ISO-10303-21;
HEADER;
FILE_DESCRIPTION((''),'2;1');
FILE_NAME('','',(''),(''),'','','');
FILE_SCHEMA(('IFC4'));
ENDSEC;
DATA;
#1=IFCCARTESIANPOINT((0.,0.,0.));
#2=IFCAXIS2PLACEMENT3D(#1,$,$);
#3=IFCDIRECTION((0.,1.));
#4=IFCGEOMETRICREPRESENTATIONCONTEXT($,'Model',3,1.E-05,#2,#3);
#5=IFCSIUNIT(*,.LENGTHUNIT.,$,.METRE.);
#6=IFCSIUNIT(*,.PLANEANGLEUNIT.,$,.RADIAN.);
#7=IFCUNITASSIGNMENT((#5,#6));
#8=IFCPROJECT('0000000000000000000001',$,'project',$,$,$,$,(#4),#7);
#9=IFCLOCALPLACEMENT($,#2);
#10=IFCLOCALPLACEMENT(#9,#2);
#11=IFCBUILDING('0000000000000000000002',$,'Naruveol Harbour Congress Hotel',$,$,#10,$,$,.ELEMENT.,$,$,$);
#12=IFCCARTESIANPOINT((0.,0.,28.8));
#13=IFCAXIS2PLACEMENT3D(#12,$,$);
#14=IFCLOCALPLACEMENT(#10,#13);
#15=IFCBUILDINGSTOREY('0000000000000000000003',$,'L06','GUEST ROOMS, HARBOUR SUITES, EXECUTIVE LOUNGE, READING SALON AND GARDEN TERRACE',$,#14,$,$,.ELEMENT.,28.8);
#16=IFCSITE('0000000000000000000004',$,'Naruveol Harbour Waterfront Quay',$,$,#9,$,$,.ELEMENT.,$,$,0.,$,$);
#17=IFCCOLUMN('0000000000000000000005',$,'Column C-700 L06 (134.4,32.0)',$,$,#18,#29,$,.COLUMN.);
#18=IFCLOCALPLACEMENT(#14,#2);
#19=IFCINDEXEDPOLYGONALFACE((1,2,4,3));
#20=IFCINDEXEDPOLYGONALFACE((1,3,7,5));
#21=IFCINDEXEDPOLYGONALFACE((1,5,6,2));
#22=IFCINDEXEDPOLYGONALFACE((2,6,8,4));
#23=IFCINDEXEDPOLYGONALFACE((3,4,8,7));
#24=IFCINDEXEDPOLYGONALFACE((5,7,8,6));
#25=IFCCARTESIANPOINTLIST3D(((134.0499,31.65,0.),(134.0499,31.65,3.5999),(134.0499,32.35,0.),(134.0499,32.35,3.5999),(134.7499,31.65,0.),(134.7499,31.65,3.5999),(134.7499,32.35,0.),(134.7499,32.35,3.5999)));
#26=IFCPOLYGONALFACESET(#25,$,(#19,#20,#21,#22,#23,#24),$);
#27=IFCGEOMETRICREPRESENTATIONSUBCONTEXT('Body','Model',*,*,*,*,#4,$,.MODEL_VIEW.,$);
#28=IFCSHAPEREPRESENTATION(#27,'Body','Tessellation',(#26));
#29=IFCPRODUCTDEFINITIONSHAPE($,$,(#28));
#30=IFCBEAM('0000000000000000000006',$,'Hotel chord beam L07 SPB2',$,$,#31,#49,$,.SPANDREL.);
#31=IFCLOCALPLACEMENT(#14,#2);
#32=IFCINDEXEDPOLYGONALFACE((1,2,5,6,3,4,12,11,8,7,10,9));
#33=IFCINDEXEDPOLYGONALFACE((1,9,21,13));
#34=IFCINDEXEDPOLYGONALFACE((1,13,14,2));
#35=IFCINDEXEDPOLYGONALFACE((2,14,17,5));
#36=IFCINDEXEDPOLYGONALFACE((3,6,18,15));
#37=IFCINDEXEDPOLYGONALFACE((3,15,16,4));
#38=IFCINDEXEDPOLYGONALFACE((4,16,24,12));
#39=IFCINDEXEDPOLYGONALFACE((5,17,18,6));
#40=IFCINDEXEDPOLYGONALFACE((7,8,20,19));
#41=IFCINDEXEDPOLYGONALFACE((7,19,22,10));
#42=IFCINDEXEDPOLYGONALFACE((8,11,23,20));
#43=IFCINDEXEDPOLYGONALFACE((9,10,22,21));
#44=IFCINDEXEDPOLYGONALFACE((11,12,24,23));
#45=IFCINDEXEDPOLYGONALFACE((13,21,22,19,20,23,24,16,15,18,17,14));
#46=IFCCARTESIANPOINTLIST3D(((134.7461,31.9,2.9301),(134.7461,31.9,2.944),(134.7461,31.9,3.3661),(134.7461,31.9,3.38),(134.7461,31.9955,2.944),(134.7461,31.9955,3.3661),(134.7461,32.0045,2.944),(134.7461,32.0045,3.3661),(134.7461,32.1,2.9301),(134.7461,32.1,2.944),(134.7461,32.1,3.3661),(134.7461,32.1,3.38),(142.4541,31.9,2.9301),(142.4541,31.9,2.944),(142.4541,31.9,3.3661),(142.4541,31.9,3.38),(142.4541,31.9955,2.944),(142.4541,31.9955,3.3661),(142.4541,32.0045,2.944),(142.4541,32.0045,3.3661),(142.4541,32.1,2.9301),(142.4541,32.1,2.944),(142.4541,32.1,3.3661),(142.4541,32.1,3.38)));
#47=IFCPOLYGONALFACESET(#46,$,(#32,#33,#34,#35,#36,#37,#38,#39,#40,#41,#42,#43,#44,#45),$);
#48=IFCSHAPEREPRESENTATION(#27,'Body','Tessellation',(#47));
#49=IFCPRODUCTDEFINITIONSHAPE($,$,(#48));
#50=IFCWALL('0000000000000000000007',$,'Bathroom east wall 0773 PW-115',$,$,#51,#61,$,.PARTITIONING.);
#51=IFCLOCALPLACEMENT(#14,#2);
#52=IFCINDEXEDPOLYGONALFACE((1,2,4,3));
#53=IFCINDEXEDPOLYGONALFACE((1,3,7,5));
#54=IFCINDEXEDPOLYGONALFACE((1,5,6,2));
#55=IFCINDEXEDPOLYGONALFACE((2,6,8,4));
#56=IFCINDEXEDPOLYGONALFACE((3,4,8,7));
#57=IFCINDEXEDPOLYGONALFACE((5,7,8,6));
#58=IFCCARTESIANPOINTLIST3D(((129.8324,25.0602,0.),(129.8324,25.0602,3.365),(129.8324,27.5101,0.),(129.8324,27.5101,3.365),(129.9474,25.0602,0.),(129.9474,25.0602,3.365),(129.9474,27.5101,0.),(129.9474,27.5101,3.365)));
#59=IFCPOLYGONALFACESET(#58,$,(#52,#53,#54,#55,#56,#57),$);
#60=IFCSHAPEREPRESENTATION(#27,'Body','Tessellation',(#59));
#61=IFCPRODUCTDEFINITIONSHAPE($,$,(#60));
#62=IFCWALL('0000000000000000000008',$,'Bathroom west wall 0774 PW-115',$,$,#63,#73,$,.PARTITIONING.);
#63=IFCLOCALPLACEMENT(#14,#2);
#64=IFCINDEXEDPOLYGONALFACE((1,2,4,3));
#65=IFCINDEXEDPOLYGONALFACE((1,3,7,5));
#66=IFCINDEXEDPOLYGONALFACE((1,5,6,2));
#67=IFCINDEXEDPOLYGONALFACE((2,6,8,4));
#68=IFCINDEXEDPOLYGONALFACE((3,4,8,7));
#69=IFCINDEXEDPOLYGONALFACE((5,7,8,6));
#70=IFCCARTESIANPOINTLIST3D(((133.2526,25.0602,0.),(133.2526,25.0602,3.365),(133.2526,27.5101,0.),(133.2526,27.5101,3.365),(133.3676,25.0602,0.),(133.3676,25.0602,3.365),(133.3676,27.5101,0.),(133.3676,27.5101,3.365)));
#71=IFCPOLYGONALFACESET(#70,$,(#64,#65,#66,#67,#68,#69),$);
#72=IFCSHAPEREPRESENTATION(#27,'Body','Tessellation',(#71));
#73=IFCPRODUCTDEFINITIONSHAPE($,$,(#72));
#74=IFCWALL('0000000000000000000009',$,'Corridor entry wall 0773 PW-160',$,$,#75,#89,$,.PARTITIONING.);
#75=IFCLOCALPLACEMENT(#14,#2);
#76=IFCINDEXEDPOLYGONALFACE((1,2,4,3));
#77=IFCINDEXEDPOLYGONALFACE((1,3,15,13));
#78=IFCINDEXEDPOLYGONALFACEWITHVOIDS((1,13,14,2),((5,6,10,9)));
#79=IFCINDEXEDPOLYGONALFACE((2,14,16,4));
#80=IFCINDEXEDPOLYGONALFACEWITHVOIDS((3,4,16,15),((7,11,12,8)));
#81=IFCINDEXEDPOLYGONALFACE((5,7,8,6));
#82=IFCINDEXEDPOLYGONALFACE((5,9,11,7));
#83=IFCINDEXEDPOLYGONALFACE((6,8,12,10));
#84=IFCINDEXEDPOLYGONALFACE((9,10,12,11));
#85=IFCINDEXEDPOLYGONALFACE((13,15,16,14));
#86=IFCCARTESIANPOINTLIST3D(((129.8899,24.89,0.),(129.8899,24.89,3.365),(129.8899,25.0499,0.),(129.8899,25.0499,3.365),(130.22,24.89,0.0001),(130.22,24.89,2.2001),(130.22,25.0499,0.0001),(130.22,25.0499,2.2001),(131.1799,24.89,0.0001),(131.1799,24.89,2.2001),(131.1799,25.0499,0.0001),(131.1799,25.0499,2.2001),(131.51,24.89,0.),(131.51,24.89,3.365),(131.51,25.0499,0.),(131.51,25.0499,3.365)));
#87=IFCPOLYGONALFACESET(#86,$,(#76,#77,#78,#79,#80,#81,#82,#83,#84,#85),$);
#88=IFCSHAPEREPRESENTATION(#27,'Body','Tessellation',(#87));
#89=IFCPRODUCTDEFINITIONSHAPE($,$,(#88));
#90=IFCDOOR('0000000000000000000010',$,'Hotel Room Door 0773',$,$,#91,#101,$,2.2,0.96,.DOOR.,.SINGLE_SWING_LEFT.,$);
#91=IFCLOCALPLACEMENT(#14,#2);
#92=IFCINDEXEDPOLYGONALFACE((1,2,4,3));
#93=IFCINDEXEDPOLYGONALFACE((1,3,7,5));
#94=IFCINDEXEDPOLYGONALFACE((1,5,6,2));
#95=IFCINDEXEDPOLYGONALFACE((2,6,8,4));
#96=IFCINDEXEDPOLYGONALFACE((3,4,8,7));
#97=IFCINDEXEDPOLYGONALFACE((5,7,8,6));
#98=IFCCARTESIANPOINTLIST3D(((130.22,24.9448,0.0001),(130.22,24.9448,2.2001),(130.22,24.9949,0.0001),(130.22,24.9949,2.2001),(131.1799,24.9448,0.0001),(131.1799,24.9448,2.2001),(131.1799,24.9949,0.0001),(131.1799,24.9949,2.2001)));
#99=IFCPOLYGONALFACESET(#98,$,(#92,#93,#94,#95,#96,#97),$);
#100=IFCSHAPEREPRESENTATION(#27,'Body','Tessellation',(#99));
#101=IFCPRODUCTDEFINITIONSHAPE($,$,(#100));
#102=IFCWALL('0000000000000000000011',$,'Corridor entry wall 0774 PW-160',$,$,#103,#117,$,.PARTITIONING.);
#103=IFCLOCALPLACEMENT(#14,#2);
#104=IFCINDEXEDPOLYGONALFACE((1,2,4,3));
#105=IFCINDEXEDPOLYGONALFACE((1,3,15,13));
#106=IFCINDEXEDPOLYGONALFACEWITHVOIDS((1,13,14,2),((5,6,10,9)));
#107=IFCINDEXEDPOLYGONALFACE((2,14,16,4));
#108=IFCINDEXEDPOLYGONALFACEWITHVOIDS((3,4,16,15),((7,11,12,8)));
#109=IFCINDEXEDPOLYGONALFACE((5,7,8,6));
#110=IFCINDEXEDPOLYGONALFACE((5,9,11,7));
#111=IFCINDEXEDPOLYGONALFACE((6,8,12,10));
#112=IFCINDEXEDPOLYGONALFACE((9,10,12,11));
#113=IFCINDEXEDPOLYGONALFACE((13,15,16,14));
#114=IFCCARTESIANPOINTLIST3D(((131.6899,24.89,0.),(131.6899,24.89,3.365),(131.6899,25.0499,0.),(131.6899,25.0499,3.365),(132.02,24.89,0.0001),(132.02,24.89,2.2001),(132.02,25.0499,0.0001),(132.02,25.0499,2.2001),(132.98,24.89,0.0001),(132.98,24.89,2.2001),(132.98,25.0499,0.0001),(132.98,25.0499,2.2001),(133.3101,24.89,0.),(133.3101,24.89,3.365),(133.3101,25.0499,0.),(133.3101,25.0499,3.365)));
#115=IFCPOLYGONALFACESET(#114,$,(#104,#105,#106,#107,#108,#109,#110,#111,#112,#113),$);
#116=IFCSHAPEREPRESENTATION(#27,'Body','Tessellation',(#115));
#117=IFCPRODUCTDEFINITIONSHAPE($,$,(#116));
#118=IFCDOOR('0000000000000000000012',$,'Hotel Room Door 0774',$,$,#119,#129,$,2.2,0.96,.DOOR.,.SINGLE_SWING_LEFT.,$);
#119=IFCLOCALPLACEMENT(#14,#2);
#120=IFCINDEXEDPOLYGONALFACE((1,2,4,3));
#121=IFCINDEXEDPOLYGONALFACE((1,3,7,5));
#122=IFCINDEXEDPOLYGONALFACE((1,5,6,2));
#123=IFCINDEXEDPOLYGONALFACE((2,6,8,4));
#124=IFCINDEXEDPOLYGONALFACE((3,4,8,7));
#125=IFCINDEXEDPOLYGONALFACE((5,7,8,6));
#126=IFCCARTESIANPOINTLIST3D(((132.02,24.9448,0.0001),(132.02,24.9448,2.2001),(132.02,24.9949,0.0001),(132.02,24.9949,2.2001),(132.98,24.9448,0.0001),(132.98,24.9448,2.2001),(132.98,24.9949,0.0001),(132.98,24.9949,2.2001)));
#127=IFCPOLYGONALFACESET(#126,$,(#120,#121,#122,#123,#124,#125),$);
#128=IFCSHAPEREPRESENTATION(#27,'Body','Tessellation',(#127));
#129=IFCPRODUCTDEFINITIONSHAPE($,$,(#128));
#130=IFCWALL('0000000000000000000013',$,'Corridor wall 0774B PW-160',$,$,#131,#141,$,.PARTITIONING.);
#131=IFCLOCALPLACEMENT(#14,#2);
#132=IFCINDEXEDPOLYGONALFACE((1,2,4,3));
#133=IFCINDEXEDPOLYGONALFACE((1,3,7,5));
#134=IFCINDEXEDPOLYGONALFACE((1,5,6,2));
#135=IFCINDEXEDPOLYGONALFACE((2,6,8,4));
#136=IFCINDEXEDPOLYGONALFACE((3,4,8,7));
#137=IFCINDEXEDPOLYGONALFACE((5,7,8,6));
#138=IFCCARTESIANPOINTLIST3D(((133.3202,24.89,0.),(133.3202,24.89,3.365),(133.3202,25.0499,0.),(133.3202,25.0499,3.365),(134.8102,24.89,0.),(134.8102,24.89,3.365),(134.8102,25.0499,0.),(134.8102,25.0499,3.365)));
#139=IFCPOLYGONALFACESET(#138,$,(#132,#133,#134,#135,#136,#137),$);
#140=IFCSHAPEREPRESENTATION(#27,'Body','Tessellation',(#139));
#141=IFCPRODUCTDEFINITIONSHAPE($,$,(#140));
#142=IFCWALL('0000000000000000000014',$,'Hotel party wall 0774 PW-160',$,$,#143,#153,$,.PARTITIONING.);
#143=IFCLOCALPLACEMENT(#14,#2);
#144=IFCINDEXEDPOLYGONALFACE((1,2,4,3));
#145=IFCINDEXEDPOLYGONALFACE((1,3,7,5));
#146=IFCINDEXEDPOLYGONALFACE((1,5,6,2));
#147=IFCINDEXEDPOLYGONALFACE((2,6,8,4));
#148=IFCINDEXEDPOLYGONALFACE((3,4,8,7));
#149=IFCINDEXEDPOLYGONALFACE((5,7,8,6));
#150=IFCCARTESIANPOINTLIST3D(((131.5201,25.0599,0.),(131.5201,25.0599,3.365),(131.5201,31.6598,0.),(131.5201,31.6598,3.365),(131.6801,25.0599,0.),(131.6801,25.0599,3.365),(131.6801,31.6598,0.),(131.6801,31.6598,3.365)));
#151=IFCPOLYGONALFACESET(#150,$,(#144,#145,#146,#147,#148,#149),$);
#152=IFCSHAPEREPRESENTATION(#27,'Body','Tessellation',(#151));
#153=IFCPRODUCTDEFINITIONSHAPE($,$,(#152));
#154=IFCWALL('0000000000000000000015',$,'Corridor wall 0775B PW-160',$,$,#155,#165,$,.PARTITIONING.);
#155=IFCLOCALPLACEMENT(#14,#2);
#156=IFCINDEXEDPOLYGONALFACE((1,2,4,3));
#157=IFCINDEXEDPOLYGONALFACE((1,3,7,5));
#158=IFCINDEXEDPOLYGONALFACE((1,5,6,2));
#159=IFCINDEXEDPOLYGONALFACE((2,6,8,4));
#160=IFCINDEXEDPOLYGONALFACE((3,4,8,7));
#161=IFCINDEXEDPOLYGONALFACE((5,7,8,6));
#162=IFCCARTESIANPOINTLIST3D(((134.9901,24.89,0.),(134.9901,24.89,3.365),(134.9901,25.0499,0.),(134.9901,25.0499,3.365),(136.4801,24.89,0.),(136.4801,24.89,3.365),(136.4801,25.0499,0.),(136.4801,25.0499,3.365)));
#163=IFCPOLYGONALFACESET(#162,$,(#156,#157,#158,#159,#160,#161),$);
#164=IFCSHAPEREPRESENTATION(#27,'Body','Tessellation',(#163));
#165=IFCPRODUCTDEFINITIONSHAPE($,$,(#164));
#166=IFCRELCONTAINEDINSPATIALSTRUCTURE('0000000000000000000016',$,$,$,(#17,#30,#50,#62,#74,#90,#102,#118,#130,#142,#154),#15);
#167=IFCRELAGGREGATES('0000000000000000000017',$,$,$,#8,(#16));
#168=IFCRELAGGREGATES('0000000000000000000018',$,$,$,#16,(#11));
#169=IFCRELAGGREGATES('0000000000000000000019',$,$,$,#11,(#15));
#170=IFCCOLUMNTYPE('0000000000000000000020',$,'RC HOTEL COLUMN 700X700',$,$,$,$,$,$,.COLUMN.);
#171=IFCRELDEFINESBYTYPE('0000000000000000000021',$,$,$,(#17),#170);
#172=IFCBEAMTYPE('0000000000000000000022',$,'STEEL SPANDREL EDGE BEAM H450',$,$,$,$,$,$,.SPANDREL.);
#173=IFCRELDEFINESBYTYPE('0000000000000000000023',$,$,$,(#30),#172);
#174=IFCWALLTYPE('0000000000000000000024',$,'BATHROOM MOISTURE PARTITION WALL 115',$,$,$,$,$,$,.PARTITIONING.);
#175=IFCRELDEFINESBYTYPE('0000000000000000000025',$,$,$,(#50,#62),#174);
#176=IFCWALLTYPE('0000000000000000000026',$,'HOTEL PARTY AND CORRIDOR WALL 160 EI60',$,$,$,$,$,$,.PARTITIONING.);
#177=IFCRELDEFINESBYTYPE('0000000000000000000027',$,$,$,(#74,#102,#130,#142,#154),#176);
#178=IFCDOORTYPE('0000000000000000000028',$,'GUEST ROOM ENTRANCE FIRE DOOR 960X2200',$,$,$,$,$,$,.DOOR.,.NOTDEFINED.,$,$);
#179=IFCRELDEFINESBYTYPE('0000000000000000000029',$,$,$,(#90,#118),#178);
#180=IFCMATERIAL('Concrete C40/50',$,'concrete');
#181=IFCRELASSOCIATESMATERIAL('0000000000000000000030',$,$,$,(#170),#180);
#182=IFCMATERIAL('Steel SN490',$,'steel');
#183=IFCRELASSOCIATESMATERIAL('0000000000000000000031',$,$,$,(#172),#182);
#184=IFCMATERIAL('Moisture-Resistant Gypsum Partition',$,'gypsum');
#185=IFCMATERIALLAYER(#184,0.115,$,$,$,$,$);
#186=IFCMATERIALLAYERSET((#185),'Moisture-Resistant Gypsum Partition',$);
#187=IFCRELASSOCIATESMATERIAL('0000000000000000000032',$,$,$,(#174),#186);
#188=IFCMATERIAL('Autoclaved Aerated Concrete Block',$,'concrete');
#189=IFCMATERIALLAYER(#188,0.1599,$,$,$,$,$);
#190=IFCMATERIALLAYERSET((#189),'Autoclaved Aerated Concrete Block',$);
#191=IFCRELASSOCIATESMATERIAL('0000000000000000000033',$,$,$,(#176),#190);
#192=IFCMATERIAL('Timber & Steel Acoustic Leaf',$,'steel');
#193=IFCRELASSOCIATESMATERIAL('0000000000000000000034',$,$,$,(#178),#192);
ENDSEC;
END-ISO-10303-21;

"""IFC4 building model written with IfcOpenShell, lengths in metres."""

from ifc_helpers import new_model, si_unit, direction, frame, frame_2d, origin, origin_2d, place, context, subcontext, project, spatial, rectangle, i_section, extrude, material, layer, layer_set, material_profile, profile_set, type_object, element, fill, save


model = new_model("IFC4")

# Units and contexts
model_context = context("Model", 3, precision=1e-05, world=origin(), true_north=direction((0.0, 1.0)))
body_context = subcontext(model_context, "Body", "Model", "MODEL_VIEW")
ifc_project = project(units=[si_unit("LENGTHUNIT", "METRE"), si_unit("PLANEANGLEUNIT", "RADIAN")], contexts=[model_context])

# Site, building, storey
site_placement = place(None, origin())
site = spatial("IfcSite", under=ifc_project, at=site_placement, Name="Naruveol Harbour Waterfront Quay", CompositionType="ELEMENT", RefElevation=0.0)
building_placement = place(site_placement, origin())
building = spatial("IfcBuilding", under=site, at=building_placement, Name="Naruveol Harbour Congress Hotel", CompositionType="ELEMENT")
storey_placement = place(building_placement, frame((0.0, 0.0, 28.8)))
storey = spatial("IfcBuildingStorey", under=building, at=storey_placement, Name="L06", Description="GUEST ROOMS, HARBOUR SUITES, EXECUTIVE LOUNGE, READING SALON AND GARDEN TERRACE", CompositionType="ELEMENT", Elevation=28.8)

# Column
ifc_material_1 = material(Name="Concrete C40/50", Category="concrete")
ifc_material_profile_1 = material_profile(ifc_material_1, rectangle(XDim=0.7, YDim=0.7, at=origin_2d()), Name="RC-700x700")
ifc_profile_set_1 = profile_set([ifc_material_profile_1], Name="Concrete C40/50")
column_type = type_object("IfcColumnType", Name="RC HOTEL COLUMN 700X700", PredefinedType="COLUMN", material=ifc_profile_set_1)
column_placement = place(storey_placement, frame((134.3999, 32.0, 0.0), z_axis=(0.0, 0.0, 1.0), x_axis=(1.0, 0.0, 0.0)))
element("IfcColumn", 1, at=column_placement, inside=storey, type_object=column_type, Name="Column C-700 L06 (134.4,32.0)", PredefinedType="COLUMN", context=body_context, shape_type="SweptSolid", body=[
    extrude(rectangle(XDim=0.7, YDim=0.7, at=origin_2d()), origin(), (0.0, 0.0, 1.0), 3.5999),
])

# Beam
ifc_material_2 = material(Name="Steel SN490", Category="steel")
ifc_material_profile_2 = material_profile(ifc_material_2, i_section(OverallWidth=0.2, OverallDepth=0.45, WebThickness=0.009, FlangeThickness=0.0139, at=origin_2d()), Name="H-450x200x9x14")
ifc_profile_set_2 = profile_set([ifc_material_profile_2], Name="Steel SN490")
beam_type = type_object("IfcBeamType", Name="STEEL SPANDREL EDGE BEAM H450", PredefinedType="SPANDREL", material=ifc_profile_set_2)
beam_placement = place(storey_placement, frame((134.7461, 32.0, 3.155), z_axis=(1.0, 0.0, 0.0), x_axis=(0.0, 1.0, 0.0)))
element("IfcBeam", 2, at=beam_placement, inside=storey, type_object=beam_type, Name="Hotel chord beam L07 SPB2", PredefinedType="SPANDREL", context=body_context, shape_type="SweptSolid", body=[
    extrude(i_section(OverallWidth=0.2, OverallDepth=0.45, WebThickness=0.009, FlangeThickness=0.0139, at=origin_2d()), origin(), (0.0, 0.0, 1.0), 7.708),
])

# Wall
ifc_material_3 = material(Name="Moisture-Resistant Gypsum Partition", Category="gypsum")
ifc_layer_1 = layer(ifc_material_3, 0.115)
ifc_layer_set_1 = layer_set([ifc_layer_1], Name="Moisture-Resistant Gypsum Partition")
wall_type_1 = type_object("IfcWallType", Name="BATHROOM MOISTURE PARTITION WALL 115", PredefinedType="PARTITIONING", material=ifc_layer_set_1)
wall_1_placement = place(storey_placement, frame((129.8899, 25.0601, 0.0), z_axis=(0.0, 0.0, 1.0), x_axis=(0.0, 1.0, 0.0)))
element("IfcWall", 3, at=wall_1_placement, inside=storey, type_object=wall_type_1, Name="Bathroom east wall 0773 PW-115", PredefinedType="PARTITIONING", context=body_context, shape_type="SweptSolid", body=[
    extrude(rectangle(XDim=2.45, YDim=0.115, at=frame_2d((1.2251, 0.0))), origin(), (0.0, 0.0, 1.0), 3.365),
])

# Wall
wall_2_placement = place(storey_placement, frame((133.3101, 25.0601, 0.0), z_axis=(0.0, 0.0, 1.0), x_axis=(0.0, 1.0, 0.0)))
element("IfcWall", 4, at=wall_2_placement, inside=storey, type_object=wall_type_1, Name="Bathroom west wall 0774 PW-115", PredefinedType="PARTITIONING", context=body_context, shape_type="SweptSolid", body=[
    extrude(rectangle(XDim=2.45, YDim=0.115, at=frame_2d((1.2251, 0.0))), origin(), (0.0, 0.0, 1.0), 3.365),
])

# Walls, openings, doors
ifc_material_4 = material(Name="Autoclaved Aerated Concrete Block", Category="concrete")
ifc_layer_2 = layer(ifc_material_4, 0.1599)
ifc_layer_set_2 = layer_set([ifc_layer_2], Name="Autoclaved Aerated Concrete Block")
wall_type_2 = type_object("IfcWallType", Name="HOTEL PARTY AND CORRIDOR WALL 160 EI60", PredefinedType="PARTITIONING", material=ifc_layer_set_2)
wall_3_placement = place(storey_placement, frame((129.8899, 24.97, 0.0), z_axis=(0.0, 0.0, 1.0), x_axis=(1.0, 0.0, 0.0)))
wall_3 = element("IfcWall", 5, at=wall_3_placement, inside=storey, type_object=wall_type_2, Name="Corridor entry wall 0773 PW-160", PredefinedType="PARTITIONING", context=body_context, shape_type="SweptSolid", body=[
    extrude(rectangle(XDim=1.6201, YDim=0.1599, at=frame_2d((0.8101, 0.0))), origin(), (0.0, 0.0, 1.0), 3.365),
])
opening_1_placement = place(wall_3_placement, frame((0.3301, 0.0, 0.0)))
opening_1 = element("IfcOpeningElement", 6, at=opening_1_placement, cuts=wall_3, PredefinedType="OPENING", context=body_context, shape_type="SweptSolid", body=[
    extrude(rectangle(XDim=0.96, YDim=2.2, at=frame_2d((0.48, 1.1001))), frame((0.0, 0.0898, 0.0), z_axis=(0.0, -1.0, 0.0), x_axis=(1.0, 0.0, 0.0)), (0.0, 0.0, 1.0), 0.1799),
])
ifc_material_5 = material(Name="Timber & Steel Acoustic Leaf", Category="steel")
door_type_1 = type_object("IfcDoorType", Name="GUEST ROOM ENTRANCE FIRE DOOR 960X2200", OperationType="NOTDEFINED", PredefinedType="DOOR", material=ifc_material_5)
door_1_placement = place(opening_1_placement, origin())
door_1 = element("IfcDoor", 7, at=door_1_placement, inside=storey, type_object=door_type_1, Name="Hotel Room Door 0773", OperationType="SINGLE_SWING_LEFT", OverallHeight=2.2, OverallWidth=0.96, PredefinedType="DOOR", context=body_context, shape_type="SweptSolid", body=[
    extrude(rectangle(XDim=0.96, YDim=2.2, at=frame_2d((0.48, 1.1001))), frame((0.0, 0.0249, 0.0), z_axis=(0.0, -1.0, 0.0), x_axis=(1.0, 0.0, 0.0)), (0.0, 0.0, 1.0), 0.05),
])
fill(opening_1, door_1)
wall_4_placement = place(storey_placement, frame((131.6899, 24.97, 0.0), z_axis=(0.0, 0.0, 1.0), x_axis=(1.0, 0.0, 0.0)))
wall_4 = element("IfcWall", 8, at=wall_4_placement, inside=storey, type_object=wall_type_2, Name="Corridor entry wall 0774 PW-160", PredefinedType="PARTITIONING", context=body_context, shape_type="SweptSolid", body=[
    extrude(rectangle(XDim=1.6201, YDim=0.1599, at=frame_2d((0.8101, 0.0))), origin(), (0.0, 0.0, 1.0), 3.365),
])
opening_2_placement = place(wall_4_placement, frame((0.3301, 0.0, 0.0)))
opening_2 = element("IfcOpeningElement", 9, at=opening_2_placement, cuts=wall_4, PredefinedType="OPENING", context=body_context, shape_type="SweptSolid", body=[
    extrude(rectangle(XDim=0.96, YDim=2.2, at=frame_2d((0.48, 1.1001))), frame((0.0, 0.0898, 0.0), z_axis=(0.0, -1.0, 0.0), x_axis=(1.0, 0.0, 0.0)), (0.0, 0.0, 1.0), 0.1799),
])
door_2_placement = place(opening_2_placement, origin())
door_2 = element("IfcDoor", 10, at=door_2_placement, inside=storey, type_object=door_type_1, Name="Hotel Room Door 0774", OperationType="SINGLE_SWING_LEFT", OverallHeight=2.2, OverallWidth=0.96, PredefinedType="DOOR", context=body_context, shape_type="SweptSolid", body=[
    extrude(rectangle(XDim=0.96, YDim=2.2, at=frame_2d((0.48, 1.1001))), frame((0.0, 0.0249, 0.0), z_axis=(0.0, -1.0, 0.0), x_axis=(1.0, 0.0, 0.0)), (0.0, 0.0, 1.0), 0.05),
])
fill(opening_2, door_2)

# Walls
wall_5_placement = place(storey_placement, frame((133.3201, 24.97, 0.0), z_axis=(0.0, 0.0, 1.0), x_axis=(1.0, 0.0, 0.0)))
element("IfcWall", 11, at=wall_5_placement, inside=storey, type_object=wall_type_2, Name="Corridor wall 0774B PW-160", PredefinedType="PARTITIONING", context=body_context, shape_type="SweptSolid", body=[
    extrude(rectangle(XDim=1.49, YDim=0.1599, at=frame_2d((0.7451, 0.0))), origin(), (0.0, 0.0, 1.0), 3.365),
])
wall_6_placement = place(storey_placement, frame((131.6001, 25.0601, 0.0), z_axis=(0.0, 0.0, 1.0), x_axis=(0.0, 1.0, 0.0)))
element("IfcWall", 12, at=wall_6_placement, inside=storey, type_object=wall_type_2, Name="Hotel party wall 0774 PW-160", PredefinedType="PARTITIONING", context=body_context, shape_type="SweptSolid", body=[
    extrude(rectangle(XDim=6.5999, YDim=0.1599, at=frame_2d((3.2998, 0.0))), origin(), (0.0, 0.0, 1.0), 3.365),
])
wall_7_placement = place(storey_placement, frame((134.99, 24.97, 0.0), z_axis=(0.0, 0.0, 1.0), x_axis=(1.0, 0.0, 0.0)))
element("IfcWall", 13, at=wall_7_placement, inside=storey, type_object=wall_type_2, Name="Corridor wall 0775B PW-160", PredefinedType="PARTITIONING", context=body_context, shape_type="SweptSolid", body=[
    extrude(rectangle(XDim=1.49, YDim=0.1599, at=frame_2d((0.7451, 0.0))), origin(), (0.0, 0.0, 1.0), 3.365),
])

save(model, "model.ifc")
